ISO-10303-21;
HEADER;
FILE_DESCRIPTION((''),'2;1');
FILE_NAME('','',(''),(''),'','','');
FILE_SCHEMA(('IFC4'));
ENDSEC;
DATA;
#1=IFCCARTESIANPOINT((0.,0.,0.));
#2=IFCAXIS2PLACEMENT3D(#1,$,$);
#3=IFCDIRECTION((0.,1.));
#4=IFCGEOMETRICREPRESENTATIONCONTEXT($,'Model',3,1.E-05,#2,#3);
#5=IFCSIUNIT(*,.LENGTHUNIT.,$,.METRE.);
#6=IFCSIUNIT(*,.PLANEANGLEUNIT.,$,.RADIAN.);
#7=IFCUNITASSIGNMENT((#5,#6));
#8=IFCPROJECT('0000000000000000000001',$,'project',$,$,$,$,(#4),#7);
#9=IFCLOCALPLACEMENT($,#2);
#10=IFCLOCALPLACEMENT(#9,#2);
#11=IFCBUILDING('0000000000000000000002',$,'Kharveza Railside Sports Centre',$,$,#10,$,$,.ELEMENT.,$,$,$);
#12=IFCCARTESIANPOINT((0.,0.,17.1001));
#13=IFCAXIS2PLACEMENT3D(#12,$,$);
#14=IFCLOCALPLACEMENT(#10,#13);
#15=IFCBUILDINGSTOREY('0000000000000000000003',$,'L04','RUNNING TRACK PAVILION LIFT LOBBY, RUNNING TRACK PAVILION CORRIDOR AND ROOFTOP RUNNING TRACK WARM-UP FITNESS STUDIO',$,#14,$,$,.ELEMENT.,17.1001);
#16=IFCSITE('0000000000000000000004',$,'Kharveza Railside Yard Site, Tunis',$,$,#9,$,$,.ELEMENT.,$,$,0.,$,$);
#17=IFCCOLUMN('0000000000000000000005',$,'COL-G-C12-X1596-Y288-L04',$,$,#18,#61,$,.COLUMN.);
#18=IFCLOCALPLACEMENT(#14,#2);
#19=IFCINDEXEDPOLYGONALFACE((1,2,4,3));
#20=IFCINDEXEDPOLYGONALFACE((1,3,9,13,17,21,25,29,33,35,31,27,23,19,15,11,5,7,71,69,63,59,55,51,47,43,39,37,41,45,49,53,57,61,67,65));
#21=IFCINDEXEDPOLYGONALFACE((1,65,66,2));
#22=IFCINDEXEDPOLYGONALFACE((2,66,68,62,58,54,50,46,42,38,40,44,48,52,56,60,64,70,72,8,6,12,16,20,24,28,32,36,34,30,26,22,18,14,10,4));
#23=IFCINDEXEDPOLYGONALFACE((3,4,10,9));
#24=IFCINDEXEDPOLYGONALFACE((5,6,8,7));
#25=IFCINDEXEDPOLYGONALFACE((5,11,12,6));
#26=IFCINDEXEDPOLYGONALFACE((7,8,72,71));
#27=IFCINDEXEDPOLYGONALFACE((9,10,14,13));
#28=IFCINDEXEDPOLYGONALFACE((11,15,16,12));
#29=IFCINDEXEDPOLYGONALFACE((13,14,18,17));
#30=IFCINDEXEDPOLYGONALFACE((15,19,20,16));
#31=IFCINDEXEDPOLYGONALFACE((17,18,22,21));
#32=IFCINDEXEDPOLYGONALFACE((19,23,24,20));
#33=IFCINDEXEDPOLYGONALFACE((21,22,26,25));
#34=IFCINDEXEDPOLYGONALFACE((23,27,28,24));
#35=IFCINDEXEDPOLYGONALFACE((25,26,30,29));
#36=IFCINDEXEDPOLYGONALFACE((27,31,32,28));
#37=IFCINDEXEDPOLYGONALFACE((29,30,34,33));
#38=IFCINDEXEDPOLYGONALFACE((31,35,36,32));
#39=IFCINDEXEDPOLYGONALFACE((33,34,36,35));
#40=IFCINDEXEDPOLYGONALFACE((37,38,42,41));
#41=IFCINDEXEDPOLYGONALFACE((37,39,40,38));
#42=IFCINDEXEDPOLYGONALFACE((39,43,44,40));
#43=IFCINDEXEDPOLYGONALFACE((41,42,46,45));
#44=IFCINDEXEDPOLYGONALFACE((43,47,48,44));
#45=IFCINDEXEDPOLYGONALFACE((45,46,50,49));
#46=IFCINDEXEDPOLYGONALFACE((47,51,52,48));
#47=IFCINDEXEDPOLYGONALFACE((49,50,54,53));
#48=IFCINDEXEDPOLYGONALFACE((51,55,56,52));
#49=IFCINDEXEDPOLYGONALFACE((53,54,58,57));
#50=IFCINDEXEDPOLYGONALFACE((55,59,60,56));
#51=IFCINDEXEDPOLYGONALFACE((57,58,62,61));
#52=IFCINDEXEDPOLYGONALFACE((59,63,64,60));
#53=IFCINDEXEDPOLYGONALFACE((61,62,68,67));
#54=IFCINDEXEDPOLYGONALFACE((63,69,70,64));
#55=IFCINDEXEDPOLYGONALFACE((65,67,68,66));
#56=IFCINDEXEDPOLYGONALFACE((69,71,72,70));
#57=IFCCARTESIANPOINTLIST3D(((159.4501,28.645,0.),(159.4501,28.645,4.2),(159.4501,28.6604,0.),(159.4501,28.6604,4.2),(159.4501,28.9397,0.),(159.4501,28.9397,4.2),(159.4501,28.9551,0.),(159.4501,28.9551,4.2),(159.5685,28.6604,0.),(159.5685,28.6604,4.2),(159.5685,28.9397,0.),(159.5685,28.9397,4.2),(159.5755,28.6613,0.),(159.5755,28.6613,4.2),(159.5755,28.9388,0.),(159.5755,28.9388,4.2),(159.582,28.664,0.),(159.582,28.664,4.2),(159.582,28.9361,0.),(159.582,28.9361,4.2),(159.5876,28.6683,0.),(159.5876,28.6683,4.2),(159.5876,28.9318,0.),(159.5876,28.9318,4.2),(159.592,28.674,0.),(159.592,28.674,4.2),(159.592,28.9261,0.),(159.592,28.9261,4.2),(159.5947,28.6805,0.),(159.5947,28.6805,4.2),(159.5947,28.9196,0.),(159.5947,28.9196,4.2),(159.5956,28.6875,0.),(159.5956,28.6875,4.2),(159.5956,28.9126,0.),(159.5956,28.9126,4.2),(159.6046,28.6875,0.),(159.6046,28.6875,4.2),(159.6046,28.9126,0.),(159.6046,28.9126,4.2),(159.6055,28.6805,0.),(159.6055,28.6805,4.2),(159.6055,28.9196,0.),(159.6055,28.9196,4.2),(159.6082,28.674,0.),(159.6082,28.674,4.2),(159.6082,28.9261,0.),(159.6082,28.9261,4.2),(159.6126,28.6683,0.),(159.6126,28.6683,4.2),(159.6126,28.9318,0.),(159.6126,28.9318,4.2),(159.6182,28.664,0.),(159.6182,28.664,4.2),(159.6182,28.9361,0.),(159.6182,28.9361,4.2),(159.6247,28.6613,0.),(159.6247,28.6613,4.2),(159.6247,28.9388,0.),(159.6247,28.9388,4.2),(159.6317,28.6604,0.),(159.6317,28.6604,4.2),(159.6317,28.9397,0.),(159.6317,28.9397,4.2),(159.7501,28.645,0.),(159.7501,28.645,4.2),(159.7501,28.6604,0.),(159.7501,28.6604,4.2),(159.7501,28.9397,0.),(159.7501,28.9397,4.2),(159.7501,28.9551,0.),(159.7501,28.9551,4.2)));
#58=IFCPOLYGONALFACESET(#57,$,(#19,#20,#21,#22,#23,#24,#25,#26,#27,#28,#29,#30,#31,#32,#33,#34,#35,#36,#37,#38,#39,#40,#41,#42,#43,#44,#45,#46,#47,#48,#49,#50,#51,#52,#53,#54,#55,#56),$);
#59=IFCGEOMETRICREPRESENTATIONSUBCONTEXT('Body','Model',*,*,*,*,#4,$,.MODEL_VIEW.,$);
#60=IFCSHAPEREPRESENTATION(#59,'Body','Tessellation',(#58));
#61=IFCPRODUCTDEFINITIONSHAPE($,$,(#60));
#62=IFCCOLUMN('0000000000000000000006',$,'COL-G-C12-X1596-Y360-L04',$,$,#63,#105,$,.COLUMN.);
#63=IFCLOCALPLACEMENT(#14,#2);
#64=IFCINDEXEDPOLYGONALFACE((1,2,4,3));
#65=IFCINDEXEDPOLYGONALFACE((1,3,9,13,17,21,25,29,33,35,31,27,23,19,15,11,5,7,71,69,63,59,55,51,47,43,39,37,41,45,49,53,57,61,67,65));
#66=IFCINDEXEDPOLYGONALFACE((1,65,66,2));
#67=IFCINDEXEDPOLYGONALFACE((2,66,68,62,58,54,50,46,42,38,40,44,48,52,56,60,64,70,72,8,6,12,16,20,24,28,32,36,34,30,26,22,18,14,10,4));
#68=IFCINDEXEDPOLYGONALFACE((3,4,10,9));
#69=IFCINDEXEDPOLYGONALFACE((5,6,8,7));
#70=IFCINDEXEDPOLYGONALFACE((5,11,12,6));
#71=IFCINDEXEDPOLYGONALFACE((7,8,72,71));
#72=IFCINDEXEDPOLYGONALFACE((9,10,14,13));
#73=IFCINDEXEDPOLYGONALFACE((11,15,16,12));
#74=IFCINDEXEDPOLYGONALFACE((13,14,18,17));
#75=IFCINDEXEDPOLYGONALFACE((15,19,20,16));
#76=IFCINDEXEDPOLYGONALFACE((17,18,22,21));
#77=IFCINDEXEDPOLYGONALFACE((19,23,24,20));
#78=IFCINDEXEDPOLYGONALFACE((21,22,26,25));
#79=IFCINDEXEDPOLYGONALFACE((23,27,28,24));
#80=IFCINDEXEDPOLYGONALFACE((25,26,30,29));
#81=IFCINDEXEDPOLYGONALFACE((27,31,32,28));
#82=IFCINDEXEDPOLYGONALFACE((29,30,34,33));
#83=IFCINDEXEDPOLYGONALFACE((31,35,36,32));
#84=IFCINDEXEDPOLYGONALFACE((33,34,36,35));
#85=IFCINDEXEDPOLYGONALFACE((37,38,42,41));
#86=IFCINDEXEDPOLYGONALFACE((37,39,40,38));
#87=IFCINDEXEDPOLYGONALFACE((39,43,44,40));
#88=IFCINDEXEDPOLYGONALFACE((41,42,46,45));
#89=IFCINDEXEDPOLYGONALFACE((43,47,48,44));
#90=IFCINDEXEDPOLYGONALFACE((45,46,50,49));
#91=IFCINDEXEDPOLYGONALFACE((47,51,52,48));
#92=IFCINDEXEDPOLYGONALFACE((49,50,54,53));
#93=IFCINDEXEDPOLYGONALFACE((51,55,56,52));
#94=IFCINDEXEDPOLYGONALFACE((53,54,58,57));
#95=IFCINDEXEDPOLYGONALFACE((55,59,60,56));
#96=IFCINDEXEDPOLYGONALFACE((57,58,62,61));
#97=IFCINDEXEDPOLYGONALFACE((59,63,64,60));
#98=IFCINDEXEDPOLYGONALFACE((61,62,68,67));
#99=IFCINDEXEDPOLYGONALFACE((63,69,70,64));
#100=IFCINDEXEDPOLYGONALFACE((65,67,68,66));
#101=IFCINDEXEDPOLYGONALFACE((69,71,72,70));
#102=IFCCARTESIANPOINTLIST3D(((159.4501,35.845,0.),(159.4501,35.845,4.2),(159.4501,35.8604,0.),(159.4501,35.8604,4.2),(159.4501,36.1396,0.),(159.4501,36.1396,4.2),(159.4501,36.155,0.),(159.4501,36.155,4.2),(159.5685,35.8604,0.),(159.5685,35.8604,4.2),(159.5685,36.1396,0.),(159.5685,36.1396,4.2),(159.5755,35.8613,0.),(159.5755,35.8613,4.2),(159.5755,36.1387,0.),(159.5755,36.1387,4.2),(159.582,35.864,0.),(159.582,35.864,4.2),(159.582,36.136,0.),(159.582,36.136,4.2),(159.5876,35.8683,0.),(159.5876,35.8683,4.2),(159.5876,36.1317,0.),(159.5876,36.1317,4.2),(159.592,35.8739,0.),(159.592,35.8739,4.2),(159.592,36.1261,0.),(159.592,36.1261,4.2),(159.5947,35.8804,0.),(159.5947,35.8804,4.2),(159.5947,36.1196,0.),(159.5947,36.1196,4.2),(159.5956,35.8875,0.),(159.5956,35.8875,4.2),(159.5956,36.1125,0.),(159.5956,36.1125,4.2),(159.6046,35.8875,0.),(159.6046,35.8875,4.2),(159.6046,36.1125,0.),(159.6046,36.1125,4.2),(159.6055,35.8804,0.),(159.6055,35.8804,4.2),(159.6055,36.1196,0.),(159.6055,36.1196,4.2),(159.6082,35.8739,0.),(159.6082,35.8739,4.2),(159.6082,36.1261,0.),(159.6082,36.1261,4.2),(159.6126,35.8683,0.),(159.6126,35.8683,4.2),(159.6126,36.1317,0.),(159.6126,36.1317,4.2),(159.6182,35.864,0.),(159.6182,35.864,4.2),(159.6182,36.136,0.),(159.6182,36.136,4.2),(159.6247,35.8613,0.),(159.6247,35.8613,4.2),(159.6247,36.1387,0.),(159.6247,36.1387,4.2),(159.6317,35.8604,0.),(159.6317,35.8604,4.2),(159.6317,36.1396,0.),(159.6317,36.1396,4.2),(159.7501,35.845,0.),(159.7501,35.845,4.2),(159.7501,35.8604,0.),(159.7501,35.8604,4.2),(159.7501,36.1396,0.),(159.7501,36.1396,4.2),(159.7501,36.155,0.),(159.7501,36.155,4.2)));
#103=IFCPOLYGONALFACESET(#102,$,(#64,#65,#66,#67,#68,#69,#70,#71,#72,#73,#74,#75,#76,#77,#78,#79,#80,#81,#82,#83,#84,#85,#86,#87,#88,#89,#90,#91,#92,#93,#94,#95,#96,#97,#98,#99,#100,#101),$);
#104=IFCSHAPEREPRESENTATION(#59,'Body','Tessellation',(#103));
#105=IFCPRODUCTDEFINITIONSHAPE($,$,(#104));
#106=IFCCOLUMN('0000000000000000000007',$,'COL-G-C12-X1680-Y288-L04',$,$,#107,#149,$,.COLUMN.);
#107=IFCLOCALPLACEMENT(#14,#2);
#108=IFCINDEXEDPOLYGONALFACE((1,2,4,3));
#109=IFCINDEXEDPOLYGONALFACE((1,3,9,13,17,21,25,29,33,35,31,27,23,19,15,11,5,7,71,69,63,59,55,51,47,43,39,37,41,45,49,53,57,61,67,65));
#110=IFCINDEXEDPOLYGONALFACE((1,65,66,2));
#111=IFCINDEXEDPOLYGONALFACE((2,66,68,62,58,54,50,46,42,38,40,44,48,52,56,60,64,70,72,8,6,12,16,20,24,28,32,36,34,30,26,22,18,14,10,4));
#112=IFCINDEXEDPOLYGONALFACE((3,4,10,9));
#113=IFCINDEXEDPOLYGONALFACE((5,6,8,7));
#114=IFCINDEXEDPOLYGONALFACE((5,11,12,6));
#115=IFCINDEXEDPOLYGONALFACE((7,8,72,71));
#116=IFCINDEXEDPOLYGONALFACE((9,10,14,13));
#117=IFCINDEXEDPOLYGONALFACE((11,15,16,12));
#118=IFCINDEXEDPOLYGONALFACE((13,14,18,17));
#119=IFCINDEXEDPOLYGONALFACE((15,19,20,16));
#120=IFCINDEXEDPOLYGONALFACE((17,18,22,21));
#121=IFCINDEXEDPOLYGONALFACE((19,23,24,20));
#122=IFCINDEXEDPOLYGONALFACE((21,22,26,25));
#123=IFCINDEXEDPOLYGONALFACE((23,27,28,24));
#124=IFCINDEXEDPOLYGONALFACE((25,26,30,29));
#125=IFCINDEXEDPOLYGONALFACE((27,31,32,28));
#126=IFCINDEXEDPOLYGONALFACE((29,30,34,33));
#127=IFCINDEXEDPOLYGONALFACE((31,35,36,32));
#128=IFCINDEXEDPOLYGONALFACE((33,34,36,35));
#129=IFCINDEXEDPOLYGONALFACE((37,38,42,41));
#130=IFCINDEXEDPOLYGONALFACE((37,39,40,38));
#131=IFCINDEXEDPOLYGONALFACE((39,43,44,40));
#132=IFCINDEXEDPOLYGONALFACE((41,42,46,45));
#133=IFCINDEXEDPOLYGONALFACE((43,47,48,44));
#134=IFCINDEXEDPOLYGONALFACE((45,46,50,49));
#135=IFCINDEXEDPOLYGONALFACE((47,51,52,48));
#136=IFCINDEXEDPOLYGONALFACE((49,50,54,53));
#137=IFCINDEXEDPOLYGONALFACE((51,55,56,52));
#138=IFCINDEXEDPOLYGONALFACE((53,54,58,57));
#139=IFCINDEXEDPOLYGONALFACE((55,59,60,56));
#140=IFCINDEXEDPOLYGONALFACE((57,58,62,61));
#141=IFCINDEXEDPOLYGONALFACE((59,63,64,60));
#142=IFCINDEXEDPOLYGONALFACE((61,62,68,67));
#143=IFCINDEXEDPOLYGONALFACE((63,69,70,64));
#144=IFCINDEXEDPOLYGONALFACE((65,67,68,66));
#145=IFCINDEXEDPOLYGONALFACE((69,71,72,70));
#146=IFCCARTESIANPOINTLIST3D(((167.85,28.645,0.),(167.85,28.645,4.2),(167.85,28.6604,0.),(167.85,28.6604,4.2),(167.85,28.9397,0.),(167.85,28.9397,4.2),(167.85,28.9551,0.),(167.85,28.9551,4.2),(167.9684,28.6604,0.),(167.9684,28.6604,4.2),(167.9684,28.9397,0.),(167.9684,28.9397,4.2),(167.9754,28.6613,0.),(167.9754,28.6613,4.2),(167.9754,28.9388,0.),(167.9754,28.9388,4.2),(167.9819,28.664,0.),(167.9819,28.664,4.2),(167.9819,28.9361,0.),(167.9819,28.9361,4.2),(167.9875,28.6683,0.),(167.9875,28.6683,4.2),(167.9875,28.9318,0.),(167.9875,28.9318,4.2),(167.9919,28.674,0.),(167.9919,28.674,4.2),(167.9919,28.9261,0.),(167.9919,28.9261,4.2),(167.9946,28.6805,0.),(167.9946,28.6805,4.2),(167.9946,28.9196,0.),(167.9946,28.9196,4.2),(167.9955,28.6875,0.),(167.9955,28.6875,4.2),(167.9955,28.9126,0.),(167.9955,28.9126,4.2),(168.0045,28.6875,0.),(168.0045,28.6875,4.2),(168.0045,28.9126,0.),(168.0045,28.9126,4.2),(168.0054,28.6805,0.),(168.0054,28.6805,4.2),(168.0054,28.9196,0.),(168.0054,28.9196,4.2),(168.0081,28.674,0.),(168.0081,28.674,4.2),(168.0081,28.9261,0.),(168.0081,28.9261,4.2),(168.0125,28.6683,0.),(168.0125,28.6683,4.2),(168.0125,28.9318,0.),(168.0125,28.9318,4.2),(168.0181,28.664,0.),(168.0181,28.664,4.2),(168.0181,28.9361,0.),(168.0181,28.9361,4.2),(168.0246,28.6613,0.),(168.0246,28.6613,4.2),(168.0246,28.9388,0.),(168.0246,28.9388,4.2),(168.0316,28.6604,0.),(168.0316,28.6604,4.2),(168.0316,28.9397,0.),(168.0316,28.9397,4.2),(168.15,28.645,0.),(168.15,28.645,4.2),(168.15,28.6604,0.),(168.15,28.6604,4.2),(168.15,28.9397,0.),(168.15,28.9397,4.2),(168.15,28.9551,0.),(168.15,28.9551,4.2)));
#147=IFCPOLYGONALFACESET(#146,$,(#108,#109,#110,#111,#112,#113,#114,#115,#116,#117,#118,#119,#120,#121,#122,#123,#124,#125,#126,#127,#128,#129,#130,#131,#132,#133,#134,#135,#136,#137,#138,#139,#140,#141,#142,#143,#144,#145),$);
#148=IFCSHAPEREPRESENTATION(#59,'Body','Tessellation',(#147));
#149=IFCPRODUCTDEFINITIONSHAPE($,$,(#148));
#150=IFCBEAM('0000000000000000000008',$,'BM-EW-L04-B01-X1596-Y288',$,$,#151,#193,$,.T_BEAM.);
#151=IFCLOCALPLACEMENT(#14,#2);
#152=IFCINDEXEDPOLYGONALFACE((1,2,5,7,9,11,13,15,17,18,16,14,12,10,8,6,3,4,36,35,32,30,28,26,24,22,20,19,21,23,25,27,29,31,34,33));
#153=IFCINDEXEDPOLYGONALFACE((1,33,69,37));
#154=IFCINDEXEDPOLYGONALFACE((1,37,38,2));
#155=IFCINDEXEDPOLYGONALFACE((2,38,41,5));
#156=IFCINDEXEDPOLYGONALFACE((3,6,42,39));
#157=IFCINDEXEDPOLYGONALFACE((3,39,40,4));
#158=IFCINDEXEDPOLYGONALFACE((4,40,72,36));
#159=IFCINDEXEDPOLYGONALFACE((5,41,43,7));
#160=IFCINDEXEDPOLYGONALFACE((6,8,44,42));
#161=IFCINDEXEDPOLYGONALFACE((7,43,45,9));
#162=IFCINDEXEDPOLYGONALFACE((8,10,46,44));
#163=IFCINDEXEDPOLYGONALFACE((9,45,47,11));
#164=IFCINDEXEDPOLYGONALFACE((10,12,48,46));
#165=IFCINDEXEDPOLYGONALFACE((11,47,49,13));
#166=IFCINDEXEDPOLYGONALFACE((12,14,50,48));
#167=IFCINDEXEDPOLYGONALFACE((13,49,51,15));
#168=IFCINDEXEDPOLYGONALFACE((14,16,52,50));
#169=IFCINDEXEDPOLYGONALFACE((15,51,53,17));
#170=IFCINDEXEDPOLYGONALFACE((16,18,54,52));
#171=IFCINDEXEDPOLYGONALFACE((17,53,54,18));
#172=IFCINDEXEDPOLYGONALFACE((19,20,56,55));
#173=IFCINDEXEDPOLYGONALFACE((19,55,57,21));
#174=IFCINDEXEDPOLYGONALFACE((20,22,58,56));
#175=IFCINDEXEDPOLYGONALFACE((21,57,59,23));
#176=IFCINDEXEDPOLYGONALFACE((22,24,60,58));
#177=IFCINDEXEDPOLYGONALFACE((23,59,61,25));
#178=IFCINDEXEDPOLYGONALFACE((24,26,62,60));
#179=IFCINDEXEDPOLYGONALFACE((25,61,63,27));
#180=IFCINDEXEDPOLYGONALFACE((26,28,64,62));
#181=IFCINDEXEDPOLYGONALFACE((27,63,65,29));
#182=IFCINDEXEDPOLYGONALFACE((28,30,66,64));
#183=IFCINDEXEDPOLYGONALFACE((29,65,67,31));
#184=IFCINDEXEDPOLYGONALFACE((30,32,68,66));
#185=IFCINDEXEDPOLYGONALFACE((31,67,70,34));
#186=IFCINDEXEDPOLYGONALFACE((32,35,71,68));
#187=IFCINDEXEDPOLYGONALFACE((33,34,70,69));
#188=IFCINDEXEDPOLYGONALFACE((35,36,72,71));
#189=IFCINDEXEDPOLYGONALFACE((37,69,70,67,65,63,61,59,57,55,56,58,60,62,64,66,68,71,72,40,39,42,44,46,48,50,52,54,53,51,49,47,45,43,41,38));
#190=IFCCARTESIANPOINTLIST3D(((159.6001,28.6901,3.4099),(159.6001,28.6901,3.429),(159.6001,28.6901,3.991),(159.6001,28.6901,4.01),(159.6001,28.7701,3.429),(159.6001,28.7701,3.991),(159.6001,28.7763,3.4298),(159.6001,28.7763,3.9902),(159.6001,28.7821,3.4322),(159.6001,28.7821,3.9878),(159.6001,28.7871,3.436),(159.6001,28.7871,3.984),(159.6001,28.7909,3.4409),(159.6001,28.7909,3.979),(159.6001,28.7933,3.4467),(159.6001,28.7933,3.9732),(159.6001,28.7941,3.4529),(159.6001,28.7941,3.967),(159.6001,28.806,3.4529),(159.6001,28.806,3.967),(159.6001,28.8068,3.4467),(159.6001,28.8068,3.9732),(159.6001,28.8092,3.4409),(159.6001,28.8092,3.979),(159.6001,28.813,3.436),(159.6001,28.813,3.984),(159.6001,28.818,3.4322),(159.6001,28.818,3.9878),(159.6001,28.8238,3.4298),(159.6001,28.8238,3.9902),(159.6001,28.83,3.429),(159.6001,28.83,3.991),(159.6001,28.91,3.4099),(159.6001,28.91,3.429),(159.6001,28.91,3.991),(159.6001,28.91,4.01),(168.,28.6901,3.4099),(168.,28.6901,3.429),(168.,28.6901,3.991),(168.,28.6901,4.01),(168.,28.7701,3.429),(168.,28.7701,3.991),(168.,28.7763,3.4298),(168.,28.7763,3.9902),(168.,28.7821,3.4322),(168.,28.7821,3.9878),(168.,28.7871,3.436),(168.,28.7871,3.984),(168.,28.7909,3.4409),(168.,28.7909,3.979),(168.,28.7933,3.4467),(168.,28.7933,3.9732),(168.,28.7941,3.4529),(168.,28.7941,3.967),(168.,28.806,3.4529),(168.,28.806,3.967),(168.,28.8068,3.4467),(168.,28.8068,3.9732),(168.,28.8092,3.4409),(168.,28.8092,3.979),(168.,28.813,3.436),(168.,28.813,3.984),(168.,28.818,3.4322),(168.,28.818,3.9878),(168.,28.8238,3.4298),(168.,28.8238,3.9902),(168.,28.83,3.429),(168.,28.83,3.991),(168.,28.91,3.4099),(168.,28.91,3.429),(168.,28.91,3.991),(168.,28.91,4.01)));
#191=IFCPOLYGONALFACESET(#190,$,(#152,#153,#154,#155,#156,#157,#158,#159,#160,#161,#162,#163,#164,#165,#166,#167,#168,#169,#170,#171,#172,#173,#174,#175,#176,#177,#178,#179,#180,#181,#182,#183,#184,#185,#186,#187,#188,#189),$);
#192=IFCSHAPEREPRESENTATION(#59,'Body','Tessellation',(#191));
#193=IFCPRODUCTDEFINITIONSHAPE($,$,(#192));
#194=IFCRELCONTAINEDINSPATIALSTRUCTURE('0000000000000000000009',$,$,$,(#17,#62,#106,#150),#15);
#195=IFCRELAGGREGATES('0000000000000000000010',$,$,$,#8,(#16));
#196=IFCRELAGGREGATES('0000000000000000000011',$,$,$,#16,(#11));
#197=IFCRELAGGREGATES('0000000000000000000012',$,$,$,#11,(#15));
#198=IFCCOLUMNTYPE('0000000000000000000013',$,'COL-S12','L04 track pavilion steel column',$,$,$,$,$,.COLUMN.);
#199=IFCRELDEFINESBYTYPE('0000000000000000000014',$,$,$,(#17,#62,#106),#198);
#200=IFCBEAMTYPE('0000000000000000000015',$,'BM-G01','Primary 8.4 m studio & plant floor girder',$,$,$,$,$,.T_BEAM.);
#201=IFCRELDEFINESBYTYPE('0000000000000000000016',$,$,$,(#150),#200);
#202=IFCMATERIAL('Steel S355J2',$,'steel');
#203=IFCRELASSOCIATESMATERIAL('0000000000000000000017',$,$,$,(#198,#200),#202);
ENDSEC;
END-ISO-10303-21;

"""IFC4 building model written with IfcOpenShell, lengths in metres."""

from ifc_helpers import new_model, si_unit, direction, frame, origin, origin_2d, place, context, subcontext, project, spatial, i_section, extrude, material, material_profile, profile_set, type_object, element, save


model = new_model("IFC4")

# Units and contexts
model_context = context("Model", 3, precision=1e-05, world=origin(), true_north=direction((0.0, 1.0)))
body_context = subcontext(model_context, "Body", "Model", "MODEL_VIEW")
ifc_project = project(units=[si_unit("LENGTHUNIT", "METRE"), si_unit("PLANEANGLEUNIT", "RADIAN")], contexts=[model_context])

# Site, building, storey
site_placement = place(None, origin())
site = spatial("IfcSite", under=ifc_project, at=site_placement, Name="Kharveza Railside Yard Site, Tunis", CompositionType="ELEMENT", RefElevation=0.0)
building_placement = place(site_placement, origin())
building = spatial("IfcBuilding", under=site, at=building_placement, Name="Kharveza Railside Sports Centre", CompositionType="ELEMENT")
storey_placement = place(building_placement, frame((0.0, 0.0, 17.1001)))
storey = spatial("IfcBuildingStorey", under=building, at=storey_placement, Name="L04", Description="RUNNING TRACK PAVILION LIFT LOBBY, RUNNING TRACK PAVILION CORRIDOR AND ROOFTOP RUNNING TRACK WARM-UP FITNESS STUDIO", CompositionType="ELEMENT", Elevation=17.1001)

# Columns
ifc_material_1 = material(Name="Steel S355J2", Category="steel")
ifc_material_profile_1 = material_profile(ifc_material_1, i_section(OverallWidth=0.3, OverallDepth=0.3101, WebThickness=0.009, FlangeThickness=0.0154, FilletRadius=0.0271, at=origin_2d()), Name="HEA 320")
ifc_profile_set_1 = profile_set([ifc_material_profile_1], Name="Steel S355J2")
column_type = type_object("IfcColumnType", Name="COL-S12", Description="L04 track pavilion steel column", PredefinedType="COLUMN", material=ifc_profile_set_1)
for number, where, z_axis, x_axis, name in (
    (1, (159.6001, 28.8, 0.0), (0.0, 0.0, 1.0), (1.0, 0.0, 0.0), "COL-G-C12-X1596-Y288-L04"),
    (2, (159.6001, 36.0, 0.0), (0.0, 0.0, 1.0), (1.0, 0.0, 0.0), "COL-G-C12-X1596-Y360-L04"),
    (3, (168.0, 28.8, 0.0), (0.0, 0.0, 1.0), (1.0, 0.0, 0.0), "COL-G-C12-X1680-Y288-L04"),
):
    element("IfcColumn", number, at=place(storey_placement, frame(where, z_axis=z_axis, x_axis=x_axis)), inside=storey, type_object=column_type, Name=name, PredefinedType="COLUMN", context=body_context, shape_type="SweptSolid", body=[
        extrude(i_section(OverallWidth=0.3, OverallDepth=0.3101, WebThickness=0.009, FlangeThickness=0.0154, FilletRadius=0.0271, at=origin_2d()), origin(), (0.0, 0.0, 1.0), 4.2),
    ])

# Beam
ifc_material_profile_2 = material_profile(ifc_material_1, i_section(OverallWidth=0.22, OverallDepth=0.6001, WebThickness=0.012, FlangeThickness=0.019, FilletRadius=0.0239, at=origin_2d()), Name="IPE 600")
ifc_profile_set_2 = profile_set([ifc_material_profile_2], Name="Steel S355J2")
beam_type_1 = type_object("IfcBeamType", Name="BM-G01", Description="Primary 8.4 m studio & plant floor girder", PredefinedType="T_BEAM", material=ifc_profile_set_2)
beam_1_placement = place(storey_placement, frame((159.6001, 28.8, 3.71), z_axis=(1.0, 0.0, 0.0), x_axis=(0.0, 1.0, 0.0)))
element("IfcBeam", 4, at=beam_1_placement, inside=storey, type_object=beam_type_1, Name="BM-EW-L04-B01-X1596-Y288", PredefinedType="T_BEAM", context=body_context, shape_type="SweptSolid", body=[
    extrude(i_section(OverallWidth=0.22, OverallDepth=0.6001, WebThickness=0.012, FlangeThickness=0.019, FilletRadius=0.0239, at=origin_2d()), origin(), (0.0, 0.0, 1.0), 8.3999),
])

save(model, "model.ifc")
